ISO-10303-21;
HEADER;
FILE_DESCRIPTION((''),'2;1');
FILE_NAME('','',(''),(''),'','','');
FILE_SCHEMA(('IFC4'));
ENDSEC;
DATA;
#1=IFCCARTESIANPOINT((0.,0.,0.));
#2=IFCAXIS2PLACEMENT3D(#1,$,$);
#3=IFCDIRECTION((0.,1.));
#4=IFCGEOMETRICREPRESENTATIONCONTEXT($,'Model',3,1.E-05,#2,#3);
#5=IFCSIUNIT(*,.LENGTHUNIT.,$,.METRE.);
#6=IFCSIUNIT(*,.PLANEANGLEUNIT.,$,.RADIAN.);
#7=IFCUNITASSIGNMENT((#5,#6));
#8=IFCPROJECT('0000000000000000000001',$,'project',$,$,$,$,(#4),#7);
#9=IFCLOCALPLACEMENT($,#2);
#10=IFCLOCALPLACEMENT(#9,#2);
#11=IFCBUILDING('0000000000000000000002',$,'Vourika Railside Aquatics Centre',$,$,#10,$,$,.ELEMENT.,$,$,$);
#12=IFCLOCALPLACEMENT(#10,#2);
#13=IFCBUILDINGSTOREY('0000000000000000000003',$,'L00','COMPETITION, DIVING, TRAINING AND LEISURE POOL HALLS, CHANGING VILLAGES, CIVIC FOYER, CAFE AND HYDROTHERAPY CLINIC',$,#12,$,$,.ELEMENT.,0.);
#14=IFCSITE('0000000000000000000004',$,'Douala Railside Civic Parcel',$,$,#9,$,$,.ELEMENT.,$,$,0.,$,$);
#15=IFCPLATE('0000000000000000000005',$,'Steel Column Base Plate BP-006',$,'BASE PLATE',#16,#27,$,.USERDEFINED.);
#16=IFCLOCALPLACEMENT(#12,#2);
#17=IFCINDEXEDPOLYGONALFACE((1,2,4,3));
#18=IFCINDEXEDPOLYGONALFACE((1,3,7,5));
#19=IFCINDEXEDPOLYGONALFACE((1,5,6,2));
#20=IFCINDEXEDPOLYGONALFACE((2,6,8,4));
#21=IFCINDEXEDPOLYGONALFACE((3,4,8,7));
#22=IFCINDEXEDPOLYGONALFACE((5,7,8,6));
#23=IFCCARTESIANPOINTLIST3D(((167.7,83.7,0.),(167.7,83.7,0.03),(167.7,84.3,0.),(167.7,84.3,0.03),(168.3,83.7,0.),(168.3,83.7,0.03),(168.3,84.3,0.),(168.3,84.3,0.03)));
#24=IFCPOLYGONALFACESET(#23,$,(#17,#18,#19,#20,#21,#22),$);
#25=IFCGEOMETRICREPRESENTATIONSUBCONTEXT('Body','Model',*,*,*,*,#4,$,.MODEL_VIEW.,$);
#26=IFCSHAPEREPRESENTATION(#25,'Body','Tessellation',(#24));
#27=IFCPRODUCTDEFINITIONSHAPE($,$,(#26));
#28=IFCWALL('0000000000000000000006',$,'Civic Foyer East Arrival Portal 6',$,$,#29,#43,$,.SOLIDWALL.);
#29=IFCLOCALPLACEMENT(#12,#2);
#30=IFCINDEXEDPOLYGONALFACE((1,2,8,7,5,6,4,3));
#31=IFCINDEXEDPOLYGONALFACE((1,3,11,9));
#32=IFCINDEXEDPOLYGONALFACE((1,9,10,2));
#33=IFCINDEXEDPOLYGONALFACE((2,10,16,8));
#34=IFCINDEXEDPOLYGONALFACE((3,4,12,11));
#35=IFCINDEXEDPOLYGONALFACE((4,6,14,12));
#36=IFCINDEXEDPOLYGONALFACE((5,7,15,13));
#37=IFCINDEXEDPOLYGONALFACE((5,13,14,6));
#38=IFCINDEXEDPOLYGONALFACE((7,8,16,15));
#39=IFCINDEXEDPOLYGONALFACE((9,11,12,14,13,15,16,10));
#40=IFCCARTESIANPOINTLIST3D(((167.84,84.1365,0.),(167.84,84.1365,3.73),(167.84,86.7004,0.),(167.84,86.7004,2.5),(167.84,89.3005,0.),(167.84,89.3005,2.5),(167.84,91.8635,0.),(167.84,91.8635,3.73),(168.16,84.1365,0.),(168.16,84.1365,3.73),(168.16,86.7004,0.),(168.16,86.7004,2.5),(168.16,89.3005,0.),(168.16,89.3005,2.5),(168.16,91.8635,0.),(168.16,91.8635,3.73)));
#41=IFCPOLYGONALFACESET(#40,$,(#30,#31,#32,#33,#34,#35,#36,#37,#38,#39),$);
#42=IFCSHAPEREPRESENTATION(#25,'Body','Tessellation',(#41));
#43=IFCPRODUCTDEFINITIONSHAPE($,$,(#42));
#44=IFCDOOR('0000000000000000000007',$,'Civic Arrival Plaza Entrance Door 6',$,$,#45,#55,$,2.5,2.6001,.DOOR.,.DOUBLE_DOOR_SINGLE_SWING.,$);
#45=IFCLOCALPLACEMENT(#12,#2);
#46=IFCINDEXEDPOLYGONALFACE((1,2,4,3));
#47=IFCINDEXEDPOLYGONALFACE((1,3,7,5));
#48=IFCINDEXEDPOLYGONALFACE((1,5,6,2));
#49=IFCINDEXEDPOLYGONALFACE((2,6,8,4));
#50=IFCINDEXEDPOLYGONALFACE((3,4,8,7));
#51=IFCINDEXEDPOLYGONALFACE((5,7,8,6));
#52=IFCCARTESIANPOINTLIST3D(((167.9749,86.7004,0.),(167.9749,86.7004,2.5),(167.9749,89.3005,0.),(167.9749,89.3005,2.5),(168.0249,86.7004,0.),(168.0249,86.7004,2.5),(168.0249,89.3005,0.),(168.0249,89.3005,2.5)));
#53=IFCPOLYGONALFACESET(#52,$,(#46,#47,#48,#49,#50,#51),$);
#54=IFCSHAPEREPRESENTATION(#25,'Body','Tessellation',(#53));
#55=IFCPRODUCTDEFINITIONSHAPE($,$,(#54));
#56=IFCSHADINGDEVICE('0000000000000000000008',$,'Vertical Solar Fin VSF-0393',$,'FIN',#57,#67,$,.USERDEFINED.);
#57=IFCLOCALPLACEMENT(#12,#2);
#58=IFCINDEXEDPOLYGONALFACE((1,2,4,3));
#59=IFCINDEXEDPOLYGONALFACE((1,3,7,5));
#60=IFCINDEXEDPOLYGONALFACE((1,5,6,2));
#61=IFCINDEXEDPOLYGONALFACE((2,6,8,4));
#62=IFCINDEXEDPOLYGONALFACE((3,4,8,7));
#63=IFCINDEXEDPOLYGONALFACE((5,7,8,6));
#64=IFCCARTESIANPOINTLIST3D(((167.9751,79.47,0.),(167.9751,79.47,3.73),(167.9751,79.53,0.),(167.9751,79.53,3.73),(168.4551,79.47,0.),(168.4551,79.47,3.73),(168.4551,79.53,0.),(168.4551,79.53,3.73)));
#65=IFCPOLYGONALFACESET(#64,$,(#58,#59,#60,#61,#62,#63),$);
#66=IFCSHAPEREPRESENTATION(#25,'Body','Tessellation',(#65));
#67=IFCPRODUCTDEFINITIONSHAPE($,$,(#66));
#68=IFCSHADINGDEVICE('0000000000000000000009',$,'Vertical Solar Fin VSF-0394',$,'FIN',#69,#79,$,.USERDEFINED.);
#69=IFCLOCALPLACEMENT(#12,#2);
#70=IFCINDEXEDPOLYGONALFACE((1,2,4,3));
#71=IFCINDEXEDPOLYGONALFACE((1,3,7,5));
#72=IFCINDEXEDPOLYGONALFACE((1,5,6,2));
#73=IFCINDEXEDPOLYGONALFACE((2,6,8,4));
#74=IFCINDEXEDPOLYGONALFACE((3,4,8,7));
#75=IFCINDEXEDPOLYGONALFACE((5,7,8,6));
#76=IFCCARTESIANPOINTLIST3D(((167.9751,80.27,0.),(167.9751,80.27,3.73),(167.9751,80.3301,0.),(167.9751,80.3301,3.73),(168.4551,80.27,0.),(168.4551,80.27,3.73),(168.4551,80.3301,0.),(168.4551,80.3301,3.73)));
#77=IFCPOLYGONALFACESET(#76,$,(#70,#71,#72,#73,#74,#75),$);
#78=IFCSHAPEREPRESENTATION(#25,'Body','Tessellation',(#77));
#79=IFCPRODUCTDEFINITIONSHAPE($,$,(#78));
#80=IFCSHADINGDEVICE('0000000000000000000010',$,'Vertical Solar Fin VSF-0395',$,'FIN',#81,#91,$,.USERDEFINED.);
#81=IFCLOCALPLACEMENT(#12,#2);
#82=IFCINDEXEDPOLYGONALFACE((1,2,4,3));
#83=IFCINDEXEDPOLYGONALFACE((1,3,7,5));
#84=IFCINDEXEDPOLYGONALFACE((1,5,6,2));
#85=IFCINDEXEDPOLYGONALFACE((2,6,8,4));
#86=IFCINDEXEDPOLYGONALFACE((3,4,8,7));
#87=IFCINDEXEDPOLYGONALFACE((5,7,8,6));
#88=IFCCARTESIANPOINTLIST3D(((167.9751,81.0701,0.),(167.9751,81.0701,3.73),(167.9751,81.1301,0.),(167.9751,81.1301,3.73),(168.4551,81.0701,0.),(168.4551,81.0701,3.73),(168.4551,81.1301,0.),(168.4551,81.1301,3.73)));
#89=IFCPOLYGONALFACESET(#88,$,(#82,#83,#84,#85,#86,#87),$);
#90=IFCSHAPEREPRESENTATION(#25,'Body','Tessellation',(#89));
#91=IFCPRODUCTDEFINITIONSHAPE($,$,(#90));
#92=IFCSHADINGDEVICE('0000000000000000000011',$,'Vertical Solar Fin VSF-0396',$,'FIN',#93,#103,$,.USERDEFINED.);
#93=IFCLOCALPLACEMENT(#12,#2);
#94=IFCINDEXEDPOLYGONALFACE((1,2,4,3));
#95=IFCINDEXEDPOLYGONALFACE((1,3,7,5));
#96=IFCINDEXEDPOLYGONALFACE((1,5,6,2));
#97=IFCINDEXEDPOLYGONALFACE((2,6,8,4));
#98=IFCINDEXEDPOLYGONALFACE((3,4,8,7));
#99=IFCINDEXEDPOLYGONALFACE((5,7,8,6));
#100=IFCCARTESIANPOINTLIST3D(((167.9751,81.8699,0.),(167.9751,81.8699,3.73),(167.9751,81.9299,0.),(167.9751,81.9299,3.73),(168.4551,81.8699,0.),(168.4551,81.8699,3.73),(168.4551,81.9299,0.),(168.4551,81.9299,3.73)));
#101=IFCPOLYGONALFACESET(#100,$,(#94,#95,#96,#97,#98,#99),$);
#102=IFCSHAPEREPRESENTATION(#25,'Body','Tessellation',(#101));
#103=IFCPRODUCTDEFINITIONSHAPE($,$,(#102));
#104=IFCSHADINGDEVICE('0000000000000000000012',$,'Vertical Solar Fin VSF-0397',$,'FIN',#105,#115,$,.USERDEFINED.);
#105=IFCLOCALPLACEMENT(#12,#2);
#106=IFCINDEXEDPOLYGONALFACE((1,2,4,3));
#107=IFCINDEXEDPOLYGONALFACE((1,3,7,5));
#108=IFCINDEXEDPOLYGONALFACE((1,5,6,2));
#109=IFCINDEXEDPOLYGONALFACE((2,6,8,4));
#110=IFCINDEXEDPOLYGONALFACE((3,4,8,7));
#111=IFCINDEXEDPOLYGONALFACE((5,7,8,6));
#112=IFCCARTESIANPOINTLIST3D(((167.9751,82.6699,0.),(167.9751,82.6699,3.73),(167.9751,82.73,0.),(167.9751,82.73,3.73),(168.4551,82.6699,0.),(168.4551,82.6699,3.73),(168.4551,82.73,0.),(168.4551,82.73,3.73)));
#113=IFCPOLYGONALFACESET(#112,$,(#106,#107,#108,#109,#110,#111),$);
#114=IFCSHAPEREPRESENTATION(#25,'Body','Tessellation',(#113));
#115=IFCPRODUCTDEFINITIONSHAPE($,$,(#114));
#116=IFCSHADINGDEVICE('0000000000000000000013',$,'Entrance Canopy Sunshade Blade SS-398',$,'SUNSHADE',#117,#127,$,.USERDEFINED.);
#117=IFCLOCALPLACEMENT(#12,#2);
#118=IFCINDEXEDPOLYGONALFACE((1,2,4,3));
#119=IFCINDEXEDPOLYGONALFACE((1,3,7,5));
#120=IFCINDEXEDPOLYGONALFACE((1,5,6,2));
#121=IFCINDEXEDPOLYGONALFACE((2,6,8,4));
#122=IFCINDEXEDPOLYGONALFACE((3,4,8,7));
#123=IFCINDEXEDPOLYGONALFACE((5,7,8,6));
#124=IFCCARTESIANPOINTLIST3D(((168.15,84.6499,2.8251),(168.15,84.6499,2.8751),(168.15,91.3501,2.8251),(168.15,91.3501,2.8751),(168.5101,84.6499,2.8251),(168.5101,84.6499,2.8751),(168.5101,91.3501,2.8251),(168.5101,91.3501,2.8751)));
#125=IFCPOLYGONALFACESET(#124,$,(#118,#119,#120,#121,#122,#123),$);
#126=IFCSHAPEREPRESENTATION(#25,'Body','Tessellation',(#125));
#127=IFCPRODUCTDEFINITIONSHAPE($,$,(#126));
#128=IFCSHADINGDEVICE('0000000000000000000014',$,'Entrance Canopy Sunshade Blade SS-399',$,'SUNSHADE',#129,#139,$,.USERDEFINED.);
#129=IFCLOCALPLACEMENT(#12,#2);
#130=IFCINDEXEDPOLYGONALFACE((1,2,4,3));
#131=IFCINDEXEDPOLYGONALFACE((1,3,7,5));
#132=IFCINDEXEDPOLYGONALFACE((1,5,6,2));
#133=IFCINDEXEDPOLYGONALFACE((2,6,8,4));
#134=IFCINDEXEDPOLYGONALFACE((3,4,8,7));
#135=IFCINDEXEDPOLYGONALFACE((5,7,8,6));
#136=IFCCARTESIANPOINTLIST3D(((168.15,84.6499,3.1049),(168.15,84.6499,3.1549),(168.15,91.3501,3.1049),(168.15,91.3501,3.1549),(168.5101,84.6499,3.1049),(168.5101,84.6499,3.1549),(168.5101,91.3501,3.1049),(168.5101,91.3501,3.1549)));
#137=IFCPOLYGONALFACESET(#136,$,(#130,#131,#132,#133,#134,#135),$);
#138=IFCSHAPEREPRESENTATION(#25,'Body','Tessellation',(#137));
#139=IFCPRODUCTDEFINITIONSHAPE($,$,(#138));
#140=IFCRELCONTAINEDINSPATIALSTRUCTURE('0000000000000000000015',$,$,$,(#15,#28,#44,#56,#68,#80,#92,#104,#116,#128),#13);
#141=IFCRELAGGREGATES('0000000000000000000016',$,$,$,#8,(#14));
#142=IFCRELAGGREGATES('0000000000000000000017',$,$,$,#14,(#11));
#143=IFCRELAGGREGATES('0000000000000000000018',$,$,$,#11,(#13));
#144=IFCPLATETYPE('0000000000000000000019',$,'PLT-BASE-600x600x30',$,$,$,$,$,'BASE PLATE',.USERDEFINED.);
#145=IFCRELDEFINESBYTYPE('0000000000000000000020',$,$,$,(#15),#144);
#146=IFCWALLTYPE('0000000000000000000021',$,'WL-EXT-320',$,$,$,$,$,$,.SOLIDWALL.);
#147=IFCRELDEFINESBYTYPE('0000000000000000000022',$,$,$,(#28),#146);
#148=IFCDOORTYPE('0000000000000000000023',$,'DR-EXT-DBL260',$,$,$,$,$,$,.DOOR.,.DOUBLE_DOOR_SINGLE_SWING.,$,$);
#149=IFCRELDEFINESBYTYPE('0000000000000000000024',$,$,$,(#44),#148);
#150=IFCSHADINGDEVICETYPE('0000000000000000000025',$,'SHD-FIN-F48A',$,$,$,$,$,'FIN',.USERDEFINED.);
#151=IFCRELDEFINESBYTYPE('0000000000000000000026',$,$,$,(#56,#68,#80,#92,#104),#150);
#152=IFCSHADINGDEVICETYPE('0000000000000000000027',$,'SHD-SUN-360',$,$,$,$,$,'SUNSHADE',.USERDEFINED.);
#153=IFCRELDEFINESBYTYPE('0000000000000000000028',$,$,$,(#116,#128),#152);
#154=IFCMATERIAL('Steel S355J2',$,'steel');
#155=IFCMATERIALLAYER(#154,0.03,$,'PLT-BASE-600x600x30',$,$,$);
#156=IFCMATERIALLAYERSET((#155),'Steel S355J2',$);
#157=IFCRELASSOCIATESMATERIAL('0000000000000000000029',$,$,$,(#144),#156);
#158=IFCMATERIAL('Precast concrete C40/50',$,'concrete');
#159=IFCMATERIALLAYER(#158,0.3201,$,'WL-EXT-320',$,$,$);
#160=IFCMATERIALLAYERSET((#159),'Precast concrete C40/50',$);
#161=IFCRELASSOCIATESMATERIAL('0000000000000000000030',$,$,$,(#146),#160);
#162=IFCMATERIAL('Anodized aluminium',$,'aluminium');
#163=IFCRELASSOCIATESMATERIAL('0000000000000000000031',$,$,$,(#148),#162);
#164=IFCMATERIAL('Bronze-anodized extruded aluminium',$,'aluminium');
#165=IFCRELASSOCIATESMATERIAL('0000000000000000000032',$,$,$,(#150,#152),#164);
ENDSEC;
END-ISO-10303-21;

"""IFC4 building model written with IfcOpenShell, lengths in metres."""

from ifc_helpers import new_model, si_unit, direction, frame, frame_2d, origin, origin_2d, place, context, subcontext, project, spatial, rectangle, extrude, material, layer, layer_set, material_profile, profile_set, type_object, element, fill, save


model = new_model("IFC4")

# Units and contexts
model_context = context("Model", 3, precision=1e-05, world=origin(), true_north=direction((0.0, 1.0)))
body_context = subcontext(model_context, "Body", "Model", "MODEL_VIEW")
ifc_project = project(units=[si_unit("LENGTHUNIT", "METRE"), si_unit("PLANEANGLEUNIT", "RADIAN")], contexts=[model_context])

# Site, building, storey
site_placement = place(None, origin())
site = spatial("IfcSite", under=ifc_project, at=site_placement, Name="Douala Railside Civic Parcel", CompositionType="ELEMENT", RefElevation=0.0)
building_placement = place(site_placement, origin())
building = spatial("IfcBuilding", under=site, at=building_placement, Name="Vourika Railside Aquatics Centre", CompositionType="ELEMENT")
storey_placement = place(building_placement, origin())
storey = spatial("IfcBuildingStorey", under=building, at=storey_placement, Name="L00", Description="COMPETITION, DIVING, TRAINING AND LEISURE POOL HALLS, CHANGING VILLAGES, CIVIC FOYER, CAFE AND HYDROTHERAPY CLINIC", CompositionType="ELEMENT", Elevation=0.0)

# Shared definitions
ifc_material_1 = material(Name="Steel S355J2", Category="steel")

# Plate
ifc_layer_1 = layer(ifc_material_1, 0.03, Name="PLT-BASE-600x600x30")
ifc_layer_set_1 = layer_set([ifc_layer_1], Name="Steel S355J2")
plate_type_1 = type_object("IfcPlateType", Name="PLT-BASE-600x600x30", ElementType="BASE PLATE", PredefinedType="USERDEFINED", material=ifc_layer_set_1)
plate_1_placement = place(storey_placement, frame((168.0, 84.0, 0.0), z_axis=(0.0, 0.0, 1.0), x_axis=(1.0, 0.0, 0.0)))
element("IfcPlate", 1, at=plate_1_placement, inside=storey, type_object=plate_type_1, Name="Steel Column Base Plate BP-006", ObjectType="BASE PLATE", PredefinedType="USERDEFINED", context=body_context, shape_type="SweptSolid", body=[
    extrude(rectangle(XDim=0.6001, YDim=0.6001, at=origin_2d()), origin(), (0.0, 0.0, 1.0), 0.03),
])

# Wall, opening, door
ifc_material_2 = material(Name="Precast concrete C40/50", Category="concrete")
ifc_layer_2 = layer(ifc_material_2, 0.3201, Name="WL-EXT-320")
ifc_layer_set_2 = layer_set([ifc_layer_2], Name="Precast concrete C40/50")
wall_type = type_object("IfcWallType", Name="WL-EXT-320", PredefinedType="SOLIDWALL", material=ifc_layer_set_2)
wall_placement = place(storey_placement, frame((168.0, 84.1365, 0.0), z_axis=(0.0, 0.0, 1.0), x_axis=(0.0, 1.0, 0.0)))
wall = element("IfcWall", 2, at=wall_placement, inside=storey, type_object=wall_type, Name="Civic Foyer East Arrival Portal 6", PredefinedType="SOLIDWALL", context=body_context, shape_type="SweptSolid", body=[
    extrude(rectangle(XDim=7.7271, YDim=0.3201, at=frame_2d((3.8635, 0.0))), origin(), (0.0, 0.0, 1.0), 3.73),
])
opening_placement = place(wall_placement, frame((2.564, 0.0, 0.0)))
opening = element("IfcOpeningElement", 3, at=opening_placement, cuts=wall, PredefinedType="OPENING", context=body_context, shape_type="SweptSolid", body=[
    extrude(rectangle(XDim=2.6001, YDim=2.5, at=frame_2d((1.3, 1.25))), frame((0.0, 0.1699, 0.0), z_axis=(0.0, -1.0, 0.0), x_axis=(1.0, 0.0, 0.0)), (0.0, 0.0, 1.0), 0.3401),
])
ifc_material_3 = material(Name="Anodized aluminium", Category="aluminium")
door_type = type_object("IfcDoorType", Name="DR-EXT-DBL260", OperationType="DOUBLE_DOOR_SINGLE_SWING", PredefinedType="DOOR", material=ifc_material_3)
door_placement = place(opening_placement, frame((2.6001, 0.0, 0.0), z_axis=(0.0, 0.0, 1.0), x_axis=(-1.0, 0.0, 0.0)))
door = element("IfcDoor", 4, at=door_placement, inside=storey, type_object=door_type, Name="Civic Arrival Plaza Entrance Door 6", OperationType="DOUBLE_DOOR_SINGLE_SWING", OverallHeight=2.5, OverallWidth=2.6001, PredefinedType="DOOR", context=body_context, shape_type="SweptSolid", body=[
    extrude(rectangle(XDim=2.6001, YDim=2.5, at=frame_2d((1.3, 1.25))), frame((0.0, 0.0249, 0.0), z_axis=(0.0, -1.0, 0.0), x_axis=(1.0, 0.0, 0.0)), (0.0, 0.0, 1.0), 0.05),
])
fill(opening, door)

# Shading devices
ifc_material_4 = material(Name="Bronze-anodized extruded aluminium", Category="aluminium")
ifc_material_profile_1 = material_profile(ifc_material_4, rectangle(XDim=0.0601, YDim=0.48, at=origin_2d()), Name="ALU-FIN 60x480")
ifc_profile_set_1 = profile_set([ifc_material_profile_1], Name="Bronze-anodized extruded aluminium")
shading_device_type_1 = type_object("IfcShadingDeviceType", Name="SHD-FIN-F48A", ElementType="FIN", PredefinedType="USERDEFINED", material=ifc_profile_set_1)
for number, where, z_axis, x_axis, name in (
    (5, (168.2151, 79.5, 0.0), (0.0, 0.0, 1.0), (0.0, -1.0, 0.0), "Vertical Solar Fin VSF-0393"),
    (6, (168.2151, 80.3, 0.0), (0.0, 0.0, 1.0), (0.0, -1.0, 0.0), "Vertical Solar Fin VSF-0394"),
    (7, (168.2151, 81.1001, 0.0), (0.0, 0.0, 1.0), (0.0, -1.0, 0.0), "Vertical Solar Fin VSF-0395"),
    (8, (168.2151, 81.8999, 0.0), (0.0, 0.0, 1.0), (0.0, -1.0, 0.0), "Vertical Solar Fin VSF-0396"),
    (9, (168.2151, 82.7, 0.0), (0.0, 0.0, 1.0), (0.0, -1.0, 0.0), "Vertical Solar Fin VSF-0397"),
):
    element("IfcShadingDevice", number, at=place(storey_placement, frame(where, z_axis=z_axis, x_axis=x_axis)), inside=storey, type_object=shading_device_type_1, Name=name, ObjectType="FIN", PredefinedType="USERDEFINED", context=body_context, shape_type="SweptSolid", body=[
        extrude(rectangle(XDim=0.0601, YDim=0.48, at=origin_2d()), origin(), (0.0, 0.0, 1.0), 3.73),
    ])
ifc_material_profile_2 = material_profile(ifc_material_4, rectangle(XDim=0.05, YDim=0.3601, at=origin_2d()), Name="ALU-LOUVRE 50x360")
ifc_profile_set_2 = profile_set([ifc_material_profile_2], Name="Bronze-anodized extruded aluminium")
shading_device_type_2 = type_object("IfcShadingDeviceType", Name="SHD-SUN-360", ElementType="SUNSHADE", PredefinedType="USERDEFINED", material=ifc_profile_set_2)
for number, where, z_axis, x_axis, name in (
    (10, (168.3301, 84.6499, 2.8501), (0.0, 1.0, 0.0), (0.0, 0.0, -1.0), "Entrance Canopy Sunshade Blade SS-398"),
    (11, (168.3301, 84.6499, 3.1299), (0.0, 1.0, 0.0), (0.0, 0.0, -1.0), "Entrance Canopy Sunshade Blade SS-399"),
):
    element("IfcShadingDevice", number, at=place(storey_placement, frame(where, z_axis=z_axis, x_axis=x_axis)), inside=storey, type_object=shading_device_type_2, Name=name, ObjectType="SUNSHADE", PredefinedType="USERDEFINED", context=body_context, shape_type="SweptSolid", body=[
        extrude(rectangle(XDim=0.05, YDim=0.3601, at=origin_2d()), origin(), (0.0, 0.0, 1.0), 6.7002),
    ])

save(model, "model.ifc")
